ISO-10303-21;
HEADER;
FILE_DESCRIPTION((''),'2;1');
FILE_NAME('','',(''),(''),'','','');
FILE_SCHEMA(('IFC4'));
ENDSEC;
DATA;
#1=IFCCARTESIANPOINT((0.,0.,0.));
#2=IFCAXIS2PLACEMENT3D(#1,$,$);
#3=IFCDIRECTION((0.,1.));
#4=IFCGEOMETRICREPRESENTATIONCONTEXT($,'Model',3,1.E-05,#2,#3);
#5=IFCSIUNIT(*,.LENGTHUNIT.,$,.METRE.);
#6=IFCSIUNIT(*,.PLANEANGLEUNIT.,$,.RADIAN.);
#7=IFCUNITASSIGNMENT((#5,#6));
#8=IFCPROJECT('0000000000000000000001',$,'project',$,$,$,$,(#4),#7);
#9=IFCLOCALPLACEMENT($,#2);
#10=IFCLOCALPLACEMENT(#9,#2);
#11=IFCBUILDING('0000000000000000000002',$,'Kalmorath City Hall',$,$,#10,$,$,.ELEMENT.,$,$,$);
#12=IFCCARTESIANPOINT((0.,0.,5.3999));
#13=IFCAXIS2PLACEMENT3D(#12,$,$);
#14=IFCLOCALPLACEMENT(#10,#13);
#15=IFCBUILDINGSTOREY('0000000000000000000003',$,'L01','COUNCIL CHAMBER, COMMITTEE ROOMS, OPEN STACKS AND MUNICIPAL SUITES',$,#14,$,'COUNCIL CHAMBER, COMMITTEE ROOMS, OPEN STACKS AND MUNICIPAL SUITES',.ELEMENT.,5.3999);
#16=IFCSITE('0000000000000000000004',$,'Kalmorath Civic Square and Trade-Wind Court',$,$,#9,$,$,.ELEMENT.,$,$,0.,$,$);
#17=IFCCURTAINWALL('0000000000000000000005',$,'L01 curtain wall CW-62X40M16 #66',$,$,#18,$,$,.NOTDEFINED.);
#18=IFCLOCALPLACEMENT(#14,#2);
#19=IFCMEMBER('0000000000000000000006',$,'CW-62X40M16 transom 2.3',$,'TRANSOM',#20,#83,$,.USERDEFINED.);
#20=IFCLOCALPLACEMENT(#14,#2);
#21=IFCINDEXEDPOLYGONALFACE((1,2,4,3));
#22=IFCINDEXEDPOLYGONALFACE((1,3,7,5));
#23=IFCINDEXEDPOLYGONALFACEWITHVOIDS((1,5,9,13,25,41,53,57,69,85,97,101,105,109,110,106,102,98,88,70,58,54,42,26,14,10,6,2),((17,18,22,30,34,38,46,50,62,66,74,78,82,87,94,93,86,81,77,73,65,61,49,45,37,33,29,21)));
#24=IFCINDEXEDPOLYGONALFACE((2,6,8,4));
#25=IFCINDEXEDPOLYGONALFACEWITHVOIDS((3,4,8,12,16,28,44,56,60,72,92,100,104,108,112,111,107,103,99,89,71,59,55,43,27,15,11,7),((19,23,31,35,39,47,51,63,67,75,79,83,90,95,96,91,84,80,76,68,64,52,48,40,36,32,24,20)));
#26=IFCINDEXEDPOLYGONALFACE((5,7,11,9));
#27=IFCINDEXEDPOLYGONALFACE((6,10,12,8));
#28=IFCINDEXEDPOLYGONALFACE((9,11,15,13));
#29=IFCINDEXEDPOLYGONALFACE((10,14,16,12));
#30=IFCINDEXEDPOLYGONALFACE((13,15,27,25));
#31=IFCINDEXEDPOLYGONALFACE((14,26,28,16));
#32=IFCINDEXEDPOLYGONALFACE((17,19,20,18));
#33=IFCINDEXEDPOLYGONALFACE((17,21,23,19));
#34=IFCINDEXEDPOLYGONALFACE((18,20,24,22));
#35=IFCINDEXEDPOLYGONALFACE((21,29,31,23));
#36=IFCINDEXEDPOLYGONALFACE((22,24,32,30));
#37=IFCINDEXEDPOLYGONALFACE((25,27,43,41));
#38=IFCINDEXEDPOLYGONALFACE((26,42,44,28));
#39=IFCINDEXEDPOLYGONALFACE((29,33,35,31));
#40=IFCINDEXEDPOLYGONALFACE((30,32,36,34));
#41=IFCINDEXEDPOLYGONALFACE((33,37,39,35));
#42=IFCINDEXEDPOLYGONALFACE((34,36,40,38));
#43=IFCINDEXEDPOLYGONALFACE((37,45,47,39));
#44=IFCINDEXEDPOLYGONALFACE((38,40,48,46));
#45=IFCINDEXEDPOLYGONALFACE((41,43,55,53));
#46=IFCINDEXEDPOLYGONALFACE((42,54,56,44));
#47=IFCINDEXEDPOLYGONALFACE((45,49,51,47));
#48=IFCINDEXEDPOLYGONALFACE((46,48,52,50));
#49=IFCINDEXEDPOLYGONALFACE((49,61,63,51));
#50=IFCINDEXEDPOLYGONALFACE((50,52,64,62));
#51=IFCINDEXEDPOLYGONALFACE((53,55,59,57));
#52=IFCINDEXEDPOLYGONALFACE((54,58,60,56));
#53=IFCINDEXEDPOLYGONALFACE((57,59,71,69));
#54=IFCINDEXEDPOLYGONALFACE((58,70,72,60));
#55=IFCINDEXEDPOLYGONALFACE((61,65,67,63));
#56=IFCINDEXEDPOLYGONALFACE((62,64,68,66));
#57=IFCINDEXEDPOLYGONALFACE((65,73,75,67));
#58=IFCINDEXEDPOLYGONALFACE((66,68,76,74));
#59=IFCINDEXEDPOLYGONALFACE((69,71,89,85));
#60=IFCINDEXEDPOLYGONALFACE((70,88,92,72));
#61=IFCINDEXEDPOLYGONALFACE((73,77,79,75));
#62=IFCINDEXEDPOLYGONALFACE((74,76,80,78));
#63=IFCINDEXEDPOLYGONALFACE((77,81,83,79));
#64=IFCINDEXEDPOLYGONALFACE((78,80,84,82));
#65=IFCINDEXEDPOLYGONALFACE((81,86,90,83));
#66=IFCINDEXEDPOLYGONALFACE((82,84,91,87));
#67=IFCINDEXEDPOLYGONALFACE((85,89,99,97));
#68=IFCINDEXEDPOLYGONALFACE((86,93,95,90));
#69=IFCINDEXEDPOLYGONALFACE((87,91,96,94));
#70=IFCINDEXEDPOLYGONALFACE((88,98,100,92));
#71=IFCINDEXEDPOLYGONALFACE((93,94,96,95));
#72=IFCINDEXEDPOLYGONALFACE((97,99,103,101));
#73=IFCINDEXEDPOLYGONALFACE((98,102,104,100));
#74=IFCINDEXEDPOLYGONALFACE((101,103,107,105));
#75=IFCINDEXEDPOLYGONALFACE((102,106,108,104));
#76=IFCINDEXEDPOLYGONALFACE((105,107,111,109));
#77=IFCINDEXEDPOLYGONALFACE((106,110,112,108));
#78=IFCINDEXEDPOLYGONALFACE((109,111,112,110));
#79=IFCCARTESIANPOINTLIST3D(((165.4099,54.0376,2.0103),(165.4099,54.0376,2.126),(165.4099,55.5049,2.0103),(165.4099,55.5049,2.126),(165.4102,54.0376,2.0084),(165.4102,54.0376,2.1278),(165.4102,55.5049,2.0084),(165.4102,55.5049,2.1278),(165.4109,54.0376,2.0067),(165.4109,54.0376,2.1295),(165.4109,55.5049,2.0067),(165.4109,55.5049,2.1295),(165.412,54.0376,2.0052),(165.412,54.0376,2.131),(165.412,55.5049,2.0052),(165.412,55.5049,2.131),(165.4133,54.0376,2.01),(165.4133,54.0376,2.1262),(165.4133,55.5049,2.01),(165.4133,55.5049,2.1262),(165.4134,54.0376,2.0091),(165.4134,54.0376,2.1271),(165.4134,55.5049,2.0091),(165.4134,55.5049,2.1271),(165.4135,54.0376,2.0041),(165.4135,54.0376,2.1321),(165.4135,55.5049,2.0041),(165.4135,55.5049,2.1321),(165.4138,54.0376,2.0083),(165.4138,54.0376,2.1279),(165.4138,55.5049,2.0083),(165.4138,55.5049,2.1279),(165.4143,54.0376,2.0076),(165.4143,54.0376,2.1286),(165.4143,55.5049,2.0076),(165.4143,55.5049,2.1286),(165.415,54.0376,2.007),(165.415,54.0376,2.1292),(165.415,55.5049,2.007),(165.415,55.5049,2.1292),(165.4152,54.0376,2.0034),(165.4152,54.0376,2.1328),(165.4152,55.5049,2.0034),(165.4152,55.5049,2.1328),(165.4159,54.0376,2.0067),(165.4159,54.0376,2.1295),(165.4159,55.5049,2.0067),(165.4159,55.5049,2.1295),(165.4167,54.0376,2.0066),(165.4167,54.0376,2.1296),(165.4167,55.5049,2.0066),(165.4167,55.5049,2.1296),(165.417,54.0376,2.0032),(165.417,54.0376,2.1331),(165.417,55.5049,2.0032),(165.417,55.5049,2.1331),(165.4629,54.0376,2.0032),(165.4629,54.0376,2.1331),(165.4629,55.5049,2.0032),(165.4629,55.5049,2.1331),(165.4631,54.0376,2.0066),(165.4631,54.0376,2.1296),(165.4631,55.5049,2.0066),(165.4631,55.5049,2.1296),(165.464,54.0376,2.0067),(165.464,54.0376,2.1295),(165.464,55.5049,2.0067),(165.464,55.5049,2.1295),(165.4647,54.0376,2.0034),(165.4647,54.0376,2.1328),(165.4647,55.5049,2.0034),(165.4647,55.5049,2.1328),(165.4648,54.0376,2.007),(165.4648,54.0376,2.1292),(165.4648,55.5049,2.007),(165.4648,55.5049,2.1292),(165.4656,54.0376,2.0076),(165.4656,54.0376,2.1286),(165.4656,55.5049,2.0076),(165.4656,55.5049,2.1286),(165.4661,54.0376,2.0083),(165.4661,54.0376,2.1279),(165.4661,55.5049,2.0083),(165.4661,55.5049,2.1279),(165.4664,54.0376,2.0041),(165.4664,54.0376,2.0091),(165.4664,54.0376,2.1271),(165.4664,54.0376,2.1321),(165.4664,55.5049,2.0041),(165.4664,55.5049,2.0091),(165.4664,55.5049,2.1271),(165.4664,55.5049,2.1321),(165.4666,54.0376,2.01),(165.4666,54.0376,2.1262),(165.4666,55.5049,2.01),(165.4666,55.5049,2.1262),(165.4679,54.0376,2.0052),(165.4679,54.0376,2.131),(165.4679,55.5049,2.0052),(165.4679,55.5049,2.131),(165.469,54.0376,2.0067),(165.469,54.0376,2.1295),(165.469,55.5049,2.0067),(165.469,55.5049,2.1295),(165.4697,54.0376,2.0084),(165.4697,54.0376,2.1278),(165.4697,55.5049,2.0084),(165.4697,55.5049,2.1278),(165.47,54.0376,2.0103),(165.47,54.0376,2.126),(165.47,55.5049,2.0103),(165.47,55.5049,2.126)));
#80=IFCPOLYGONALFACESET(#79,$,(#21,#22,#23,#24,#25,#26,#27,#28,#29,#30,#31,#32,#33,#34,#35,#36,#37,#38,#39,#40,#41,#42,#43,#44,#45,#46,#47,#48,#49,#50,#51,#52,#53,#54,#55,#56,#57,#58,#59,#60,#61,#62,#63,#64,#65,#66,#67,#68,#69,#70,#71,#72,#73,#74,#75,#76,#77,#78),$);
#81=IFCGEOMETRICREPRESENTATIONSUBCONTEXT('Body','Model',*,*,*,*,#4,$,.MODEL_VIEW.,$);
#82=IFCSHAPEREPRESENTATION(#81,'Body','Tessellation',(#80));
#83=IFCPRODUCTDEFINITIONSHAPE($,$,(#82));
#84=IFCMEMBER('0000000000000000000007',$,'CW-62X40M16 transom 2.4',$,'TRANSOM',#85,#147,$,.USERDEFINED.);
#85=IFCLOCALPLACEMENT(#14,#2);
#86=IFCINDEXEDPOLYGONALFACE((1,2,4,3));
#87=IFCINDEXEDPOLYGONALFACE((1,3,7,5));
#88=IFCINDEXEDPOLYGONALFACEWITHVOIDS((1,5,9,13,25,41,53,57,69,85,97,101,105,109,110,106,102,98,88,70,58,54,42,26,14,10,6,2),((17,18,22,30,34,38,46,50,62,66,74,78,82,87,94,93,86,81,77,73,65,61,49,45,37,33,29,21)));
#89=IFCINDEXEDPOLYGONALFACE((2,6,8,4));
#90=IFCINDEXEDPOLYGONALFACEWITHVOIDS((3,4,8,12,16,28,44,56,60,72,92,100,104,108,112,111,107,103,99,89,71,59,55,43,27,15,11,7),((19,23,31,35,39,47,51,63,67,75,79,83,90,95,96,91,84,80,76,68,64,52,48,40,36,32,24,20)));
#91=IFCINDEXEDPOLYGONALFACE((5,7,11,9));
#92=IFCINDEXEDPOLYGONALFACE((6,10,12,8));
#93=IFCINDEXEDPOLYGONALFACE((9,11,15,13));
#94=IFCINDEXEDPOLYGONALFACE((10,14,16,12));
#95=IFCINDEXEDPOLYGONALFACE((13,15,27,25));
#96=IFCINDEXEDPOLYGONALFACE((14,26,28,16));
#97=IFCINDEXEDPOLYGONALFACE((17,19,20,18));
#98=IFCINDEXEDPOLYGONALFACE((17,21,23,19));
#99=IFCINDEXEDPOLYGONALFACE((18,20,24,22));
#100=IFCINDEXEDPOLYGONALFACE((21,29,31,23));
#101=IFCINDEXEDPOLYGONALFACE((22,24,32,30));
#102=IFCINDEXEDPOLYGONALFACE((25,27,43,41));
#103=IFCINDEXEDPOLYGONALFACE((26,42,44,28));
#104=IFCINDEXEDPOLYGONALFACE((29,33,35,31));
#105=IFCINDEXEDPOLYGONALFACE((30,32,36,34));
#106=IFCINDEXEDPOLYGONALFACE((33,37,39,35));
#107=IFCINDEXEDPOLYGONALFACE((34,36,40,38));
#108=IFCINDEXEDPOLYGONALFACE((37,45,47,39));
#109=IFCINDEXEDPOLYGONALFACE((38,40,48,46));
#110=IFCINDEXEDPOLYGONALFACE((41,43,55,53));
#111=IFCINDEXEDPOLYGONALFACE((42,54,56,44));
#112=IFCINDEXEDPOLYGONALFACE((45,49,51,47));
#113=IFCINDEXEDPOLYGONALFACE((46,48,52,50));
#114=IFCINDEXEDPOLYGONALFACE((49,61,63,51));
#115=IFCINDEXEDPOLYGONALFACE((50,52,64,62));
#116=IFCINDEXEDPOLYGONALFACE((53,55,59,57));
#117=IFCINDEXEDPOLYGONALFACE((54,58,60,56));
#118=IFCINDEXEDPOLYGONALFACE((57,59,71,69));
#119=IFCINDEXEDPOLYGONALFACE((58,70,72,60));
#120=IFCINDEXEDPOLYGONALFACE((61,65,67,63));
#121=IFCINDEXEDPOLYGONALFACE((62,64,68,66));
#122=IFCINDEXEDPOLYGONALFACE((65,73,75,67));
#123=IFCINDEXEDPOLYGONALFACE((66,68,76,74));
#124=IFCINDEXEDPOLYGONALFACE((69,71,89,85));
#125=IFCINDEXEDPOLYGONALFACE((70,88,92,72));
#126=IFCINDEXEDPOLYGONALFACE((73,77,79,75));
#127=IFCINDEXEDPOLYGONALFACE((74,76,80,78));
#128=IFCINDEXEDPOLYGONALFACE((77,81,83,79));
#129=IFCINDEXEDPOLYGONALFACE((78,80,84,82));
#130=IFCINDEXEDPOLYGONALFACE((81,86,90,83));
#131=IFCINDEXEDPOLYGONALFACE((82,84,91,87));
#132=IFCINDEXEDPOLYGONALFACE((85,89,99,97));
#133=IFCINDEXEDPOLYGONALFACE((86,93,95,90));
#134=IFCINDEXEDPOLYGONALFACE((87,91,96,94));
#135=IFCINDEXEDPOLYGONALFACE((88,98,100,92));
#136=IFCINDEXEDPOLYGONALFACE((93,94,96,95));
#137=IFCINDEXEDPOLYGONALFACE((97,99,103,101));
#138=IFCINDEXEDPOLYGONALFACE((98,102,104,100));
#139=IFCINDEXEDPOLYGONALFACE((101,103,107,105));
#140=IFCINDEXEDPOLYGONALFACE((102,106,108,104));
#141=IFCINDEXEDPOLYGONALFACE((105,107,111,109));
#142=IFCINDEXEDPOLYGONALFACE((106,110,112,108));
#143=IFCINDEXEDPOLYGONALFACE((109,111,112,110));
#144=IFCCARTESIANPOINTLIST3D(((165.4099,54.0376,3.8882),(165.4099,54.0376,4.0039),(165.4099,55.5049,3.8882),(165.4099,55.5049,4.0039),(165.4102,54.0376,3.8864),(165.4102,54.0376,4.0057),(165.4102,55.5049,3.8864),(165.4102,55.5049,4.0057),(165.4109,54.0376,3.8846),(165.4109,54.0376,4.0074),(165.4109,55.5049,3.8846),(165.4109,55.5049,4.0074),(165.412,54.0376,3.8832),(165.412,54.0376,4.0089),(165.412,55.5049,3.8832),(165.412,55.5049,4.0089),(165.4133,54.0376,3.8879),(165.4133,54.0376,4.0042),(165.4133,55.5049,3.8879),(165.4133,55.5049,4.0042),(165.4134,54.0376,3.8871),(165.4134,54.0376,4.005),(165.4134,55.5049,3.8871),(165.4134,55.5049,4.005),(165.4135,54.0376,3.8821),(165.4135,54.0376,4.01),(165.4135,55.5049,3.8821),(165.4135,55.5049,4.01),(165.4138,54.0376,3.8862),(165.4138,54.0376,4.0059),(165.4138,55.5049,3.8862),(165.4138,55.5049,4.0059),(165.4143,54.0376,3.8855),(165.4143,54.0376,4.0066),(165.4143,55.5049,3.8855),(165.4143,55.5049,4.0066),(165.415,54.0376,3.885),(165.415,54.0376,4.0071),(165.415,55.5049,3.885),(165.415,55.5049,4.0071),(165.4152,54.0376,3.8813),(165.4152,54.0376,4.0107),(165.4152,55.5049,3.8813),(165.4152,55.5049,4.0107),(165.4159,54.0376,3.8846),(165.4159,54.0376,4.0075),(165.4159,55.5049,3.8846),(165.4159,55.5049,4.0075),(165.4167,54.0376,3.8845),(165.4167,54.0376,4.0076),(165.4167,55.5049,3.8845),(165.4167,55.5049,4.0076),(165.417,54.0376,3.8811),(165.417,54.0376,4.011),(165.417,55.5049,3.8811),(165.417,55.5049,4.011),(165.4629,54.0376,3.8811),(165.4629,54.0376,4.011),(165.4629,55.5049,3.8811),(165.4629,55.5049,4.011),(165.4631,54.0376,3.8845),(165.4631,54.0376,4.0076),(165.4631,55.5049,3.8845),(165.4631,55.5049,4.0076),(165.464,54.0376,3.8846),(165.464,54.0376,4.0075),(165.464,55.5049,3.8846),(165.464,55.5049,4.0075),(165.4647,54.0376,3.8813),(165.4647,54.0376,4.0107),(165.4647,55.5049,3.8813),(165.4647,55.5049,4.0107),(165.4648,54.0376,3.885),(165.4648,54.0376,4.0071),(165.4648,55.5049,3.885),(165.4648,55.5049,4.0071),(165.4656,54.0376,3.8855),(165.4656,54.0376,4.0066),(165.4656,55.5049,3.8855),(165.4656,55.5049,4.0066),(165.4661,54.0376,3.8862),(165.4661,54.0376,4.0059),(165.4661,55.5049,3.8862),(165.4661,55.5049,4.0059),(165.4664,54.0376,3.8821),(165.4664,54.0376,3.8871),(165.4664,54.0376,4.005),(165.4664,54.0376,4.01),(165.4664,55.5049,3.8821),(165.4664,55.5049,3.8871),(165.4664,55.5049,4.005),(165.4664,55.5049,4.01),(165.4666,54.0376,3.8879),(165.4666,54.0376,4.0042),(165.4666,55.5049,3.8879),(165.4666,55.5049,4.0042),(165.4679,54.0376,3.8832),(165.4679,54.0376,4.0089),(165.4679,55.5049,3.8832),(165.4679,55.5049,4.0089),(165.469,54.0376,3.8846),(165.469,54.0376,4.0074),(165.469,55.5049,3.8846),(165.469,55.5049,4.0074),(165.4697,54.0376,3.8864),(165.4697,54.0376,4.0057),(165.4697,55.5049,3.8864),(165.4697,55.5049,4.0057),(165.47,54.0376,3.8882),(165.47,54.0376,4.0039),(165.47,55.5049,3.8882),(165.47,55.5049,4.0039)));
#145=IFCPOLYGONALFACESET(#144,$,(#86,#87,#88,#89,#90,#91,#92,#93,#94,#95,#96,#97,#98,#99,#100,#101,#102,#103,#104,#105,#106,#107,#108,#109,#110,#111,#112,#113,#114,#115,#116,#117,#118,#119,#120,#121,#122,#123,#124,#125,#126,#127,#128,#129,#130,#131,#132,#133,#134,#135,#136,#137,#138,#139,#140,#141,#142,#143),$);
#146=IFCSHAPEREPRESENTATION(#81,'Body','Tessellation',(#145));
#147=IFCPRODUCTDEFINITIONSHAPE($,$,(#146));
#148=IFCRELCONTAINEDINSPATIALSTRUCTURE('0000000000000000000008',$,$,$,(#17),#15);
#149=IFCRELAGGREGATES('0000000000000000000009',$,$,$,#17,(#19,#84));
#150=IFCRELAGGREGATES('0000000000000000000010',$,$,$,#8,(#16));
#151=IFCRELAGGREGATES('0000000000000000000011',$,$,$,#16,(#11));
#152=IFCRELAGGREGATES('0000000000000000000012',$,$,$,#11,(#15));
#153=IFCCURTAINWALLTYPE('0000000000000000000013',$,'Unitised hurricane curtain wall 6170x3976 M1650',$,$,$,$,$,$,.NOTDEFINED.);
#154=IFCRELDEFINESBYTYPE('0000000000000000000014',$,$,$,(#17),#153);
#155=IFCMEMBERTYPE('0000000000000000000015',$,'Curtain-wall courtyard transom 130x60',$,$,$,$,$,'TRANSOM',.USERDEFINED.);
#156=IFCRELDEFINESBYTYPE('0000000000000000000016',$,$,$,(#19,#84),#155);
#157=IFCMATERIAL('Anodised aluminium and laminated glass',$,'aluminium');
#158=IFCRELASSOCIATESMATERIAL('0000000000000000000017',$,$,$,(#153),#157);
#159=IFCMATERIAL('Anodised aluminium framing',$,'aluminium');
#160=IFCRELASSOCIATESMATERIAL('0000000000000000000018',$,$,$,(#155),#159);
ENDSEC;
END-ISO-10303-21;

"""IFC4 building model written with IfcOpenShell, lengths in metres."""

from ifc_helpers import new_model, si_unit, direction, frame, origin, origin_2d, place, context, subcontext, project, spatial, hollow_rectangle, extrude, material, material_profile, profile_set, type_object, element, aggregate, save


model = new_model("IFC4")

# Units and contexts
model_context = context("Model", 3, precision=1e-05, world=origin(), true_north=direction((0.0, 1.0)))
body_context = subcontext(model_context, "Body", "Model", "MODEL_VIEW")
ifc_project = project(units=[si_unit("LENGTHUNIT", "METRE"), si_unit("PLANEANGLEUNIT", "RADIAN")], contexts=[model_context])

# Site, building, storey
site_placement = place(None, origin())
site = spatial("IfcSite", under=ifc_project, at=site_placement, Name="Kalmorath Civic Square and Trade-Wind Court", CompositionType="ELEMENT", RefElevation=0.0)
building_placement = place(site_placement, origin())
building = spatial("IfcBuilding", under=site, at=building_placement, Name="Kalmorath City Hall", CompositionType="ELEMENT")
storey_placement = place(building_placement, frame((0.0, 0.0, 5.3999)))
storey = spatial("IfcBuildingStorey", under=building, at=storey_placement, Name="L01", Description="COUNCIL CHAMBER, COMMITTEE ROOMS, OPEN STACKS AND MUNICIPAL SUITES", LongName="COUNCIL CHAMBER, COMMITTEE ROOMS, OPEN STACKS AND MUNICIPAL SUITES", CompositionType="ELEMENT", Elevation=5.3999)

# Curtain wall, members
ifc_material_1 = material(Name="Anodised aluminium and laminated glass", Category="aluminium")
curtain_wall_type = type_object("IfcCurtainWallType", Name="Unitised hurricane curtain wall 6170x3976 M1650", PredefinedType="NOTDEFINED", material=ifc_material_1)
curtain_wall_placement = place(storey_placement, origin())
curtain_wall = element("IfcCurtainWall", 1, at=curtain_wall_placement, inside=storey, type_object=curtain_wall_type, Name="L01 curtain wall CW-62X40M16 #66", PredefinedType="NOTDEFINED")
ifc_material_2 = material(Name="Anodised aluminium framing", Category="aluminium")
ifc_material_profile_1 = material_profile(ifc_material_2, hollow_rectangle(XDim=0.0601, YDim=0.1299, WallThickness=0.0034, InnerFilletRadius=0.0034, OuterFilletRadius=0.0071, at=origin_2d()), Name="ALU-TRN-130X60X3.5")
ifc_profile_set_1 = profile_set([ifc_material_profile_1], Name="Anodised aluminium framing")
member_type_1 = type_object("IfcMemberType", Name="Curtain-wall courtyard transom 130x60", ElementType="TRANSOM", PredefinedType="USERDEFINED", material=ifc_profile_set_1)
member_1_placement = place(storey_placement, frame((165.4399, 55.5049, 2.0681), z_axis=(0.0, -1.0, 0.0), x_axis=(1.0, 0.0, 0.0)))
member_1 = element("IfcMember", 2, at=member_1_placement, type_object=member_type_1, Name="CW-62X40M16 transom 2.3", ObjectType="TRANSOM", PredefinedType="USERDEFINED", context=body_context, shape_type="SweptSolid", body=[
    extrude(hollow_rectangle(XDim=0.0601, YDim=0.1299, WallThickness=0.0034, InnerFilletRadius=0.0034, OuterFilletRadius=0.0071, at=origin_2d()), origin(), (0.0, 0.0, 1.0), 1.4673),
])
member_2_placement = place(storey_placement, frame((165.4399, 55.5049, 3.946), z_axis=(0.0, -1.0, 0.0), x_axis=(1.0, 0.0, 0.0)))
member_2 = element("IfcMember", 3, at=member_2_placement, type_object=member_type_1, Name="CW-62X40M16 transom 2.4", ObjectType="TRANSOM", PredefinedType="USERDEFINED", context=body_context, shape_type="SweptSolid", body=[
    extrude(hollow_rectangle(XDim=0.0601, YDim=0.1299, WallThickness=0.0034, InnerFilletRadius=0.0034, OuterFilletRadius=0.0071, at=origin_2d()), origin(), (0.0, 0.0, 1.0), 1.4673),
])

aggregate(curtain_wall, [member_1, member_2])

save(model, "model.ifc")
